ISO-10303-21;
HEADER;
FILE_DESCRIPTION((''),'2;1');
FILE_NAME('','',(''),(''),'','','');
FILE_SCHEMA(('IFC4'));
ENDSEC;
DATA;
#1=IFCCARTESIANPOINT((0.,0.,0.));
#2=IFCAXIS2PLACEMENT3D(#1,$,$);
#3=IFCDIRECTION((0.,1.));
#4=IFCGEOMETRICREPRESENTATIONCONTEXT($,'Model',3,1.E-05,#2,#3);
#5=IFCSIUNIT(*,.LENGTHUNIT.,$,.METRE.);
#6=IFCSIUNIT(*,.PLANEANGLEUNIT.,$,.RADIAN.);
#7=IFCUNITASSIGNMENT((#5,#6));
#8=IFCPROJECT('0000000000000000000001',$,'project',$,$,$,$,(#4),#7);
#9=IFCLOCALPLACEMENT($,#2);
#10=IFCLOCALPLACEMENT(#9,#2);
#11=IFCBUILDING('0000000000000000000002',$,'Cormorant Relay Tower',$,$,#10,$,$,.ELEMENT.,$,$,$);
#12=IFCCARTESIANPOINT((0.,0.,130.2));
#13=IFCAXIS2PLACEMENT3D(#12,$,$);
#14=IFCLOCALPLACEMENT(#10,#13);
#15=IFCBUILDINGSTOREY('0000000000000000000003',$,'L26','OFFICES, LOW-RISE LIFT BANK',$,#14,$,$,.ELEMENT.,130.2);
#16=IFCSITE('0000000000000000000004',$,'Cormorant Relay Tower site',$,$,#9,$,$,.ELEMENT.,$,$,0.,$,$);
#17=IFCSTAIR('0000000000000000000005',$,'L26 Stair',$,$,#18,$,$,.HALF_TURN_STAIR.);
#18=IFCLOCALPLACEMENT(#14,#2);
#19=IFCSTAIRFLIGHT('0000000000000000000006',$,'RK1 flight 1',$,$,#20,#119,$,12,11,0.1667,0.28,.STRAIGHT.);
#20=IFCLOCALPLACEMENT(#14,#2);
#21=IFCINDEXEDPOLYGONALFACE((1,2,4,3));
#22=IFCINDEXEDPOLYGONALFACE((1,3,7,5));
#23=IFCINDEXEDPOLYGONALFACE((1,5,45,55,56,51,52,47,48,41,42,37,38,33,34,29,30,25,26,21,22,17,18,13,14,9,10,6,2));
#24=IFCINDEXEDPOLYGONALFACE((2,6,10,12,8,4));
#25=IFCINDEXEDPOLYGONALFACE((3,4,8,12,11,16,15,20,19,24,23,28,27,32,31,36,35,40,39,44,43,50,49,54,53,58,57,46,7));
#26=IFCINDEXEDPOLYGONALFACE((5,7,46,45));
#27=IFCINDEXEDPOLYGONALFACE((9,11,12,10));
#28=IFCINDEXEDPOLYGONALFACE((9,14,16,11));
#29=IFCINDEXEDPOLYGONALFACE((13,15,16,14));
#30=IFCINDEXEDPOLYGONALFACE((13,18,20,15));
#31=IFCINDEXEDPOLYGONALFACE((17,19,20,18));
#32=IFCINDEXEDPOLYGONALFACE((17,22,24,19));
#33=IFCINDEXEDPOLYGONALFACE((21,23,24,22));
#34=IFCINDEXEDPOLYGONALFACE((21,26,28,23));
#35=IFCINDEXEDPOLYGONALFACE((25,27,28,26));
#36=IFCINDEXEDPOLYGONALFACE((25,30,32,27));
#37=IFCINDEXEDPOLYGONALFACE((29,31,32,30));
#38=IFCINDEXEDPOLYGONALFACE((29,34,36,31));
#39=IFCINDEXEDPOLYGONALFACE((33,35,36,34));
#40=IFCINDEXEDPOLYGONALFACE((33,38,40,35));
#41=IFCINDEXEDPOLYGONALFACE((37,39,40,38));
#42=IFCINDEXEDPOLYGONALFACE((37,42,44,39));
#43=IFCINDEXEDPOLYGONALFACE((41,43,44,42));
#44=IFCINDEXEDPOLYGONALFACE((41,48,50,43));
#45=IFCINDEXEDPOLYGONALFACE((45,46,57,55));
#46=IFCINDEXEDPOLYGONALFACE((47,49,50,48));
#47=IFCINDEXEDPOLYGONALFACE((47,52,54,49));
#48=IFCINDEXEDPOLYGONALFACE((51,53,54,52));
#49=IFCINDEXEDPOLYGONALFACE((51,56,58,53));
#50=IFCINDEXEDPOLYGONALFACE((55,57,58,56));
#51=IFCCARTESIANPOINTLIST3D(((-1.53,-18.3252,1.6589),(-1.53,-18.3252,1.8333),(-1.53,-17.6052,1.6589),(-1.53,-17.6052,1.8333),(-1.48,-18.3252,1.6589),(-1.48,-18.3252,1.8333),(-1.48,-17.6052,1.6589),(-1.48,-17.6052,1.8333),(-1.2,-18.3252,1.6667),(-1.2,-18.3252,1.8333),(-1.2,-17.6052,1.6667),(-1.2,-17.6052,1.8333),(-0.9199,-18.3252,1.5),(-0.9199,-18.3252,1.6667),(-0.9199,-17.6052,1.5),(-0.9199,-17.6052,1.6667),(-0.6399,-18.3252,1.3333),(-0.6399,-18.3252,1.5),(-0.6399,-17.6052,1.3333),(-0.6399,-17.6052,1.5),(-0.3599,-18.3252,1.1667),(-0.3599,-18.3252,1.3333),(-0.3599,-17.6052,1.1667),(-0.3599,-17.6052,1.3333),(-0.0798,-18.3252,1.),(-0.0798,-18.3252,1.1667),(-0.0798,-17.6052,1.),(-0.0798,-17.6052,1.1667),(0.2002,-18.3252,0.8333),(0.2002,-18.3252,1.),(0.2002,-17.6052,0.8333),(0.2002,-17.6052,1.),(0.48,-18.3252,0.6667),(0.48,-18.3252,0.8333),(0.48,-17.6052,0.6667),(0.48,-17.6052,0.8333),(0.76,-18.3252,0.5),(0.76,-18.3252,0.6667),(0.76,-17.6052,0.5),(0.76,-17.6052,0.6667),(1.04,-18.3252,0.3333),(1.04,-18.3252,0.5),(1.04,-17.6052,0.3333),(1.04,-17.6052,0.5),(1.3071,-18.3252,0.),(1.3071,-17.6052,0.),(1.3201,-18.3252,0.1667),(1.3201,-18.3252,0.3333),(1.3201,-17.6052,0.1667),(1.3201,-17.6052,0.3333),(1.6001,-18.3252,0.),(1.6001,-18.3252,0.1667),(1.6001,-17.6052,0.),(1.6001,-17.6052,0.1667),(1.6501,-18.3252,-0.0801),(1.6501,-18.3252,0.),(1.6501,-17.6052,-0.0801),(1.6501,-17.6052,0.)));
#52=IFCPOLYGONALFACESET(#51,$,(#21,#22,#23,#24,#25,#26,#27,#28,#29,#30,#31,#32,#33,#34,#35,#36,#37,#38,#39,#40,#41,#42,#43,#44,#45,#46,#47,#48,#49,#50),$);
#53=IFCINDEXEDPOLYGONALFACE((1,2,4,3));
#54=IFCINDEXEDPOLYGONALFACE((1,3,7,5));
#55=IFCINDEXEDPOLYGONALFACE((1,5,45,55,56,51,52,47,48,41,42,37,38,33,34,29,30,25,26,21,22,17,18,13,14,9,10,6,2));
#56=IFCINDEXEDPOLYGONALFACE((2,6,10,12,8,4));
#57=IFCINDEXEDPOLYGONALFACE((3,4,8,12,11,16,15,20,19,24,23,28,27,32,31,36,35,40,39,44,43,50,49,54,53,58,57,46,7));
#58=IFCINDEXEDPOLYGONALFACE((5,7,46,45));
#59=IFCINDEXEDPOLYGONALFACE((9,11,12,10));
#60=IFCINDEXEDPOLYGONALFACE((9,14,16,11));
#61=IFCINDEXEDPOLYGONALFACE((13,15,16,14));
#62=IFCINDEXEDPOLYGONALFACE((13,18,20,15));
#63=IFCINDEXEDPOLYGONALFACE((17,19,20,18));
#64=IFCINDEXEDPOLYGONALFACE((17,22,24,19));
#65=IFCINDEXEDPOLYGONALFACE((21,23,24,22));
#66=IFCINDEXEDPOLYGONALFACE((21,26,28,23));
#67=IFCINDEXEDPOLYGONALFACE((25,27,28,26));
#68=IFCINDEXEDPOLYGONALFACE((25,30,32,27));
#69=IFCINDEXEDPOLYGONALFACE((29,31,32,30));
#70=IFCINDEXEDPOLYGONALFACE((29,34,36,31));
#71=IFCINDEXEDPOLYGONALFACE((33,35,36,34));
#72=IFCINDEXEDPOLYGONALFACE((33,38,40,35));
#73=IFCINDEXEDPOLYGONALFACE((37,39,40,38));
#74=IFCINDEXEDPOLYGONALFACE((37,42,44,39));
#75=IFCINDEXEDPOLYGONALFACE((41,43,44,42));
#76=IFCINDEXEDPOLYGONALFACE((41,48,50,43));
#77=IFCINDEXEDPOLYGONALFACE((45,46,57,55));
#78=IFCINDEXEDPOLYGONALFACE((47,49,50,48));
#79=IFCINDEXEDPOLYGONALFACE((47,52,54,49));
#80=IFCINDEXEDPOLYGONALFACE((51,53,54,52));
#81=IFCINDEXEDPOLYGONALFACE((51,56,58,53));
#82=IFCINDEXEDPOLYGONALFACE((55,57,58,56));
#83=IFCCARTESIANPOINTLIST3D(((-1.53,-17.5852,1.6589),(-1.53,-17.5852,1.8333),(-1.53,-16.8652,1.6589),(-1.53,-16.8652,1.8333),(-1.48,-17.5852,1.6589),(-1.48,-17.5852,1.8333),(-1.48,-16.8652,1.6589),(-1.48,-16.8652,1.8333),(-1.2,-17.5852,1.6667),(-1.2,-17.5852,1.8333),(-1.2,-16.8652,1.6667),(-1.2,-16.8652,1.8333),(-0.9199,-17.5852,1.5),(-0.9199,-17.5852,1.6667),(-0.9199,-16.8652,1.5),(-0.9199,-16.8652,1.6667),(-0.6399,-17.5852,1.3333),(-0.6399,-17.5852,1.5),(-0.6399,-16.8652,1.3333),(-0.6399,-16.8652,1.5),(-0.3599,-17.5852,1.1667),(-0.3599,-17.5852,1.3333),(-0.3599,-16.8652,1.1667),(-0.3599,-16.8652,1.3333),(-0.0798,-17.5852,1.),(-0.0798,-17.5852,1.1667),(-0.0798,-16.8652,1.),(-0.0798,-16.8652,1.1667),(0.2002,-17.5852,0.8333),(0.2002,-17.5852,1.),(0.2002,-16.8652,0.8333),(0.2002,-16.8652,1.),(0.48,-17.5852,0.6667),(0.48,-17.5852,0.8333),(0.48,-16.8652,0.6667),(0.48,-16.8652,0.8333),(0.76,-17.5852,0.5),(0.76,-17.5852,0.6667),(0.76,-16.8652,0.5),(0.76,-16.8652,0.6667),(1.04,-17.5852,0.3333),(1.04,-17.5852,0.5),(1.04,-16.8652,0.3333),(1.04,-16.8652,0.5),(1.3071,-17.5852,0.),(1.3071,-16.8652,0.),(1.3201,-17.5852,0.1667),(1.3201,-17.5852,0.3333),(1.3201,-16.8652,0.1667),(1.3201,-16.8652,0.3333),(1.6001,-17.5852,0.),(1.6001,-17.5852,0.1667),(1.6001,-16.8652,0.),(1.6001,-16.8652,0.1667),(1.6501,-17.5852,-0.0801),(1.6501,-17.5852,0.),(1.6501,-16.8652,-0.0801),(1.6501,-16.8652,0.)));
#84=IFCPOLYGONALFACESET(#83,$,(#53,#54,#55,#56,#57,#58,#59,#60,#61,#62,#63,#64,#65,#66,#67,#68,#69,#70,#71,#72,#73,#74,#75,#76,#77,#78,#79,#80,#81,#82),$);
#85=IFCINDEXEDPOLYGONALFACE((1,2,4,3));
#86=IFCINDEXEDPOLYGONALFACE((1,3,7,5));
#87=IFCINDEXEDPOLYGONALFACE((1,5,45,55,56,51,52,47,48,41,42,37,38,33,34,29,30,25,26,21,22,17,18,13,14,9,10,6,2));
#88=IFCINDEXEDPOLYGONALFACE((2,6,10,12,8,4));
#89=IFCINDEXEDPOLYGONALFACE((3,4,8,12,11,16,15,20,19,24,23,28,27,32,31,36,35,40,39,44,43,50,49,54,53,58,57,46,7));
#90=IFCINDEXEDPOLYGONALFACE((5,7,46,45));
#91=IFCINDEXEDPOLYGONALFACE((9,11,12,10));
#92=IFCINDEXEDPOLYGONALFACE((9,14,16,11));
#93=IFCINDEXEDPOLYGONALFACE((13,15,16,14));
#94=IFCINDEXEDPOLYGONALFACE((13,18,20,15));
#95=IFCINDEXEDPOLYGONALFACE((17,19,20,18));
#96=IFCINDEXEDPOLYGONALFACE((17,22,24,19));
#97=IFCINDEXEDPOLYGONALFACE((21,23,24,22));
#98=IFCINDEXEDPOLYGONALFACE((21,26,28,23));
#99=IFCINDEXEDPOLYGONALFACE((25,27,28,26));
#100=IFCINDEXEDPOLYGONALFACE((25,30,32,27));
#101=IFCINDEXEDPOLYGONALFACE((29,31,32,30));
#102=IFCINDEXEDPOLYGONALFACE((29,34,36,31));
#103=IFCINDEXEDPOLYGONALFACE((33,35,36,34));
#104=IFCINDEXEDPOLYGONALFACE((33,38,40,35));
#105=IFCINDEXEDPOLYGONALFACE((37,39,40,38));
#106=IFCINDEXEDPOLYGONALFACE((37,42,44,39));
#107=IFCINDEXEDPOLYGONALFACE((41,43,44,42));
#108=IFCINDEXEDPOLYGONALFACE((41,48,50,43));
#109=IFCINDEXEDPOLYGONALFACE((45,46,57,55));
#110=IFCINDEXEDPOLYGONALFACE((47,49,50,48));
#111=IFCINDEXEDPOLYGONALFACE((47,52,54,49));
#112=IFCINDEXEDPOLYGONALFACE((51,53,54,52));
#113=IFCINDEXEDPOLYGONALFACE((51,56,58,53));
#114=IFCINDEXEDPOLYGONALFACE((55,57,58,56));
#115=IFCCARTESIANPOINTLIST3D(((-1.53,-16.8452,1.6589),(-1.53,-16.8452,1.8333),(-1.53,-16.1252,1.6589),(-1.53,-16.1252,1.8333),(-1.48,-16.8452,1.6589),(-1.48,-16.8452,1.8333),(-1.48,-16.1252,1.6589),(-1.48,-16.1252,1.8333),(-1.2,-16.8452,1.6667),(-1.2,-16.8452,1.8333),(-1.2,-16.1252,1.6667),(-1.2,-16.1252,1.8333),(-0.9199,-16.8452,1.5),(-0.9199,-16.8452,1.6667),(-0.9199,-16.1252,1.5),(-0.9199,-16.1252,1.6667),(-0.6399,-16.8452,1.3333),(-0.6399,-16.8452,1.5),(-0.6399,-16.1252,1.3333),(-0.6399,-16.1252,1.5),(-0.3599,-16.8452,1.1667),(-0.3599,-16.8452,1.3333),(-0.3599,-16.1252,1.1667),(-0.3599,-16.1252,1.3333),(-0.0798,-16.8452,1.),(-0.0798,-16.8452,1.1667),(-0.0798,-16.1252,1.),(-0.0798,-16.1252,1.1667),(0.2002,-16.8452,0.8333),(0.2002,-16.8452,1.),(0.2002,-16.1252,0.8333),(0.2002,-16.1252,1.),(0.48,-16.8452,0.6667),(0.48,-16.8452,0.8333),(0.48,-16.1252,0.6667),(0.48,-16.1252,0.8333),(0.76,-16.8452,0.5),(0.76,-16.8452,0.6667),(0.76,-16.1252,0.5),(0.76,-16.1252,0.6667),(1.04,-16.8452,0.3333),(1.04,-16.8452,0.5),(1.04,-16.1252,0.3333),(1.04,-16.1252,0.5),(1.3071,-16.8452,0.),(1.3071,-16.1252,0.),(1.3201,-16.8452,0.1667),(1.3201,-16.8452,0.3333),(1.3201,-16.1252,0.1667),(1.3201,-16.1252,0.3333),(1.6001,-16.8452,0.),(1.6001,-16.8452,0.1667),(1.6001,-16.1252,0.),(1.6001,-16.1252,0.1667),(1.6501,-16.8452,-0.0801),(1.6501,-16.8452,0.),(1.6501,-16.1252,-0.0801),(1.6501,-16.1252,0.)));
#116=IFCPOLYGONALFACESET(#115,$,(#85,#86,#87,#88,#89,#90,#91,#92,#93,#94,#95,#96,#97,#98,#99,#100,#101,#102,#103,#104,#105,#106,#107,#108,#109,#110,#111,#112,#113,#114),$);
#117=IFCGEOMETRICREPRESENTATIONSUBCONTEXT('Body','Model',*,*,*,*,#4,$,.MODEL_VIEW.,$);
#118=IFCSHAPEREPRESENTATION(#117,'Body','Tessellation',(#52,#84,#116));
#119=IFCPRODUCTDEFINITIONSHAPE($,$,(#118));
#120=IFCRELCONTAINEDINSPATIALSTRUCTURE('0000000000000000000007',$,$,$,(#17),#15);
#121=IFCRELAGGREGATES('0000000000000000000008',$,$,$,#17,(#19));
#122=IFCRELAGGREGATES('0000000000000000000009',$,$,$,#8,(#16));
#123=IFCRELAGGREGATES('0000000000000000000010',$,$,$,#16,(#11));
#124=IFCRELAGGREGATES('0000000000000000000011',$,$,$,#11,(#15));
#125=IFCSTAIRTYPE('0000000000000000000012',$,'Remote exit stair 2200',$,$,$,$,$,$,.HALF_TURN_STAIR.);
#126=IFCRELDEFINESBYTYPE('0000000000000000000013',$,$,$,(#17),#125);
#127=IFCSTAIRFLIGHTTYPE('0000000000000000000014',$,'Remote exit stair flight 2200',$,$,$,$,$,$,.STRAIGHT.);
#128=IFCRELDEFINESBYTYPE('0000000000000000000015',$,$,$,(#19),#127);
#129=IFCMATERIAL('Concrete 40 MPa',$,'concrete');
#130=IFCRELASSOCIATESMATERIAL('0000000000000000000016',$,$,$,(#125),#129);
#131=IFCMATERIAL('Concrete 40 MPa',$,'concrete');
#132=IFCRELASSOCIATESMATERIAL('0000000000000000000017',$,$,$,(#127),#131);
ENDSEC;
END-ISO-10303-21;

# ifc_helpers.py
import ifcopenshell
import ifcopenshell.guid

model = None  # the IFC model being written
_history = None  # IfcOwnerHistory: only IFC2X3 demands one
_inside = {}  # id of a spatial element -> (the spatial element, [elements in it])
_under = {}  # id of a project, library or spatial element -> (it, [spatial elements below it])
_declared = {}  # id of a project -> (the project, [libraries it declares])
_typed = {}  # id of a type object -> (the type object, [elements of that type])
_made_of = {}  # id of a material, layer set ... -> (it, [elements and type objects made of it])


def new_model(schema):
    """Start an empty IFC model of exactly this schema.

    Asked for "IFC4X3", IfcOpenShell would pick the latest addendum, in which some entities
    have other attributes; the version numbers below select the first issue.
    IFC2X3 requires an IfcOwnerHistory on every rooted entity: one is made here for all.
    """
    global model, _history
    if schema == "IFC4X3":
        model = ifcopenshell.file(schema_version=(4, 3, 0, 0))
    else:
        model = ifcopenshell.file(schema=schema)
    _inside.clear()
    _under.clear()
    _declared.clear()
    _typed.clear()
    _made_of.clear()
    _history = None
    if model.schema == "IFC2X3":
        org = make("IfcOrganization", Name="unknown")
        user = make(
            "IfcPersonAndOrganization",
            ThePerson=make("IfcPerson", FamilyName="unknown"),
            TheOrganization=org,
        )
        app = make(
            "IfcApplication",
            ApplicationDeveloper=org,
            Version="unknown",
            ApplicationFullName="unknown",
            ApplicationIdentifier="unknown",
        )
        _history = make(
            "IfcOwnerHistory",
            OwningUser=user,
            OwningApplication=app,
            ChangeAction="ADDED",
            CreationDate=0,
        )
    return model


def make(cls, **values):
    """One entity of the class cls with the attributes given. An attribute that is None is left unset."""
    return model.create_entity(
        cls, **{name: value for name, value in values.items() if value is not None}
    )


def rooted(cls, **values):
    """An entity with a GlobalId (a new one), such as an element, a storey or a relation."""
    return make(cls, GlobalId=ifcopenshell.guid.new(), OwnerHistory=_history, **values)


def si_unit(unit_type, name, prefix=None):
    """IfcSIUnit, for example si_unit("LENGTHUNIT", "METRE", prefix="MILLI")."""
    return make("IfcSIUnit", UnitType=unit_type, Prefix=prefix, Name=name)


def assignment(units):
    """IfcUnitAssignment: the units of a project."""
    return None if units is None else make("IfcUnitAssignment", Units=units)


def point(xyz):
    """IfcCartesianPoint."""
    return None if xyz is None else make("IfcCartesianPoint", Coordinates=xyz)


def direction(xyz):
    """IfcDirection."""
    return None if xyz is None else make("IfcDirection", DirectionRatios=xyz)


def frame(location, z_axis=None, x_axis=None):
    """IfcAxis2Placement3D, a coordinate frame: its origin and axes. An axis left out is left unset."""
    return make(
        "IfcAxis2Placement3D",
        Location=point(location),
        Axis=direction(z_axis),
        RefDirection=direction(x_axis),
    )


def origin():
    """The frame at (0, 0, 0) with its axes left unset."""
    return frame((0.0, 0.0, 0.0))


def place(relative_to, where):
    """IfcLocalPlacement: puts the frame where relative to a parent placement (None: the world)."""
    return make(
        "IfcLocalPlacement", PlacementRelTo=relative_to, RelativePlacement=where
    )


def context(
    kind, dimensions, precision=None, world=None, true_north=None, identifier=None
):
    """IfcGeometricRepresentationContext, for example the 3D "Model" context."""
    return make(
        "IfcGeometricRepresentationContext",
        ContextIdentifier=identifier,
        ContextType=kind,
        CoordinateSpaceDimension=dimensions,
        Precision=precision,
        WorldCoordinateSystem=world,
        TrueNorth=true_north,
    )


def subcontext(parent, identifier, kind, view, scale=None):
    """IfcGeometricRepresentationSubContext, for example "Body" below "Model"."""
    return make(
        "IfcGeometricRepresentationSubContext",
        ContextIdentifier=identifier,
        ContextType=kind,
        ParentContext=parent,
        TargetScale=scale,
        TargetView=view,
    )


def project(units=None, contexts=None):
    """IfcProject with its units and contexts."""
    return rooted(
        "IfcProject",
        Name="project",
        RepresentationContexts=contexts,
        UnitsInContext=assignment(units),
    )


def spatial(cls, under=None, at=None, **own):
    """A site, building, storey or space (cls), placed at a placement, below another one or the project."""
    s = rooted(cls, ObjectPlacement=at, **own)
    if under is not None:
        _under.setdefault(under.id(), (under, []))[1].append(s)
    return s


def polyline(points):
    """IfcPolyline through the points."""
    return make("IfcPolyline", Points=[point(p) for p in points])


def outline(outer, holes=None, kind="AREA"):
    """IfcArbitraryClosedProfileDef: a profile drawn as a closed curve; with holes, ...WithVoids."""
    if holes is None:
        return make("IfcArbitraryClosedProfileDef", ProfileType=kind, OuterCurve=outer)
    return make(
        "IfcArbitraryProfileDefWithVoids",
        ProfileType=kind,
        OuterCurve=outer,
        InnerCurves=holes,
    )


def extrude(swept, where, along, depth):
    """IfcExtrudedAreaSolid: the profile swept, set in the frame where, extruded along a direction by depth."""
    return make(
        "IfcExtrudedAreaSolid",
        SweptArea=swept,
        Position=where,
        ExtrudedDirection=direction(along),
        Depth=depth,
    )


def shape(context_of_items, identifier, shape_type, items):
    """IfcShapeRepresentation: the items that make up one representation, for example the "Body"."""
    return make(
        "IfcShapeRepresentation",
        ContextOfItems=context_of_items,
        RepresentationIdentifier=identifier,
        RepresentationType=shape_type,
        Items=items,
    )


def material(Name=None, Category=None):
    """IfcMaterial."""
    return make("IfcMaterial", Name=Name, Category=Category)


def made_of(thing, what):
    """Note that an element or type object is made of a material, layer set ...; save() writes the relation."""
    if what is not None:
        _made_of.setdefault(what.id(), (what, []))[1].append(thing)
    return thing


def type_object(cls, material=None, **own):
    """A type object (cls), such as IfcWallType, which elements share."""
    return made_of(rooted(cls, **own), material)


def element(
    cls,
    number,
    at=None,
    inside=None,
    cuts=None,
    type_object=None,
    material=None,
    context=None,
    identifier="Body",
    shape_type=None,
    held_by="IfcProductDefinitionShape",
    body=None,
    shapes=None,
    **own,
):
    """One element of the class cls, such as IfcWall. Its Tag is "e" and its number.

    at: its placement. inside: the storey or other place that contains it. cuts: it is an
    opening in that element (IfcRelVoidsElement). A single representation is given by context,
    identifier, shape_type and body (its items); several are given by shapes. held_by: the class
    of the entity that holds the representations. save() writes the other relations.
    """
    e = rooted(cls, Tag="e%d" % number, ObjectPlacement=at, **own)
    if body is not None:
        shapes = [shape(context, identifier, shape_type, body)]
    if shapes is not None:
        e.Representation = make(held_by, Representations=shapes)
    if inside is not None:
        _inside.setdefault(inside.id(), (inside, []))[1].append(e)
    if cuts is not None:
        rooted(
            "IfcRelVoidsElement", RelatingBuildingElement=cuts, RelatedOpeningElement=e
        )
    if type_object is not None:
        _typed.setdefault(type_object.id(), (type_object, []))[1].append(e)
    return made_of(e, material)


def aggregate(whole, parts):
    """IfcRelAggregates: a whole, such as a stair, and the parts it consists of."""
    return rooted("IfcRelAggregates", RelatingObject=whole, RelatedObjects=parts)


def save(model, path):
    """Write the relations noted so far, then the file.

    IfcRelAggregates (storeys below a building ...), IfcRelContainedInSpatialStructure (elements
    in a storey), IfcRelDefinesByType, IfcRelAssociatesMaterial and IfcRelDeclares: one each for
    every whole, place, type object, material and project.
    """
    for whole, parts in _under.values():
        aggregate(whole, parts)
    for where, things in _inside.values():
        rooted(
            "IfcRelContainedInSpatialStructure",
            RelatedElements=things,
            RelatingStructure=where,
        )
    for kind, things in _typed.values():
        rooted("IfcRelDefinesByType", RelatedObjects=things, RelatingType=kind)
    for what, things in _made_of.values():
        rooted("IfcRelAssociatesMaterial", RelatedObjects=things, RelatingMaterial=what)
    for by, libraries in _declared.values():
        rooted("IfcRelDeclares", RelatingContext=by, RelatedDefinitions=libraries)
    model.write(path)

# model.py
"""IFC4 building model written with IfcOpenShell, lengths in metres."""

from ifc_helpers import new_model, si_unit, direction, frame, origin, place, context, subcontext, project, spatial, polyline, outline, extrude, material, type_object, element, aggregate, save


model = new_model("IFC4")

# Units and contexts
model_context = context("Model", 3, precision=1e-05, world=origin(), true_north=direction((0.0, 1.0)))
body_context = subcontext(model_context, "Body", "Model", "MODEL_VIEW")
ifc_project = project(units=[si_unit("LENGTHUNIT", "METRE"), si_unit("PLANEANGLEUNIT", "RADIAN")], contexts=[model_context])

# Site, building, storey
site_placement = place(None, origin())
site = spatial("IfcSite", under=ifc_project, at=site_placement, Name="Cormorant Relay Tower site", CompositionType="ELEMENT", RefElevation=0.0)
building_placement = place(site_placement, origin())
building = spatial("IfcBuilding", under=site, at=building_placement, Name="Cormorant Relay Tower", CompositionType="ELEMENT")
storey_placement = place(building_placement, frame((0.0, 0.0, 130.2)))
storey = spatial("IfcBuildingStorey", under=building, at=storey_placement, Name="L26", Description="OFFICES, LOW-RISE LIFT BANK", CompositionType="ELEMENT", Elevation=130.2)

# Stair, stair flight
ifc_material_1 = material(Name="Concrete 40 MPa", Category="concrete")
stair_type = type_object("IfcStairType", Name="Remote exit stair 2200", PredefinedType="HALF_TURN_STAIR", material=ifc_material_1)
stair_placement = place(storey_placement, origin())
stair = element("IfcStair", 1, at=stair_placement, inside=storey, type_object=stair_type, Name="L26 Stair", PredefinedType="HALF_TURN_STAIR")
ifc_material_2 = material(Name="Concrete 40 MPa", Category="concrete")
stair_flight_type = type_object("IfcStairFlightType", Name="Remote exit stair flight 2200", PredefinedType="STRAIGHT", material=ifc_material_2)
stair_flight_1_placement = place(storey_placement, frame((1.6001, -17.2251, 0.0), z_axis=(0.0, 0.0, 1.0), x_axis=(-1.0, 0.0, 0.0)))
stair_flight_1 = element("IfcStairFlight", 2, at=stair_flight_1_placement, type_object=stair_flight_type, Name="RK1 flight 1", NumberOfRisers=12, NumberOfTreads=11, PredefinedType="STRAIGHT", RiserHeight=0.1667, TreadLength=0.28, context=body_context, shape_type="SweptSolid", body=[
    extrude(outline(polyline([(-0.05, -0.0801), (-0.05, 0.0), (0.0, 0.0), (0.0, 0.1667), (0.28, 0.1667), (0.28, 0.3333), (0.5601, 0.3333), (0.5601, 0.5), (0.8401, 0.5), (0.8401, 0.6667), (1.1201, 0.6667), (1.1201, 0.8333), (1.3999, 0.8333), (1.3999, 1.0), (1.6799, 1.0), (1.6799, 1.1667), (1.96, 1.1667), (1.96, 1.3333), (2.24, 1.3333), (2.24, 1.5), (2.52, 1.5), (2.52, 1.6667), (2.8, 1.6667), (2.8, 1.8333), (3.0801, 1.8333), (3.1301, 1.8333), (3.1301, 1.6589), (3.0801, 1.6589), (0.293, 0.0), (-0.05, -0.0801)])), frame((0.0, 1.1001, 0.0), z_axis=(0.0, -1.0, 0.0), x_axis=(1.0, 0.0, 0.0)), (0.0, 0.0, 1.0), 0.72),
    extrude(outline(polyline([(-0.05, -0.0801), (-0.05, 0.0), (0.0, 0.0), (0.0, 0.1667), (0.28, 0.1667), (0.28, 0.3333), (0.5601, 0.3333), (0.5601, 0.5), (0.8401, 0.5), (0.8401, 0.6667), (1.1201, 0.6667), (1.1201, 0.8333), (1.3999, 0.8333), (1.3999, 1.0), (1.6799, 1.0), (1.6799, 1.1667), (1.96, 1.1667), (1.96, 1.3333), (2.24, 1.3333), (2.24, 1.5), (2.52, 1.5), (2.52, 1.6667), (2.8, 1.6667), (2.8, 1.8333), (3.0801, 1.8333), (3.1301, 1.8333), (3.1301, 1.6589), (3.0801, 1.6589), (0.293, 0.0), (-0.05, -0.0801)])), frame((0.0, 0.3601, 0.0), z_axis=(0.0, -1.0, 0.0), x_axis=(1.0, 0.0, 0.0)), (0.0, 0.0, 1.0), 0.72),
    extrude(outline(polyline([(-0.05, -0.0801), (-0.05, 0.0), (0.0, 0.0), (0.0, 0.1667), (0.28, 0.1667), (0.28, 0.3333), (0.5601, 0.3333), (0.5601, 0.5), (0.8401, 0.5), (0.8401, 0.6667), (1.1201, 0.6667), (1.1201, 0.8333), (1.3999, 0.8333), (1.3999, 1.0), (1.6799, 1.0), (1.6799, 1.1667), (1.96, 1.1667), (1.96, 1.3333), (2.24, 1.3333), (2.24, 1.5), (2.52, 1.5), (2.52, 1.6667), (2.8, 1.6667), (2.8, 1.8333), (3.0801, 1.8333), (3.1301, 1.8333), (3.1301, 1.6589), (3.0801, 1.6589), (0.293, 0.0), (-0.05, -0.0801)])), frame((0.0, -0.3799, 0.0), z_axis=(0.0, -1.0, 0.0), x_axis=(1.0, 0.0, 0.0)), (0.0, 0.0, 1.0), 0.72),
])
aggregate(stair, [stair_flight_1])

save(model, "model.ifc")
